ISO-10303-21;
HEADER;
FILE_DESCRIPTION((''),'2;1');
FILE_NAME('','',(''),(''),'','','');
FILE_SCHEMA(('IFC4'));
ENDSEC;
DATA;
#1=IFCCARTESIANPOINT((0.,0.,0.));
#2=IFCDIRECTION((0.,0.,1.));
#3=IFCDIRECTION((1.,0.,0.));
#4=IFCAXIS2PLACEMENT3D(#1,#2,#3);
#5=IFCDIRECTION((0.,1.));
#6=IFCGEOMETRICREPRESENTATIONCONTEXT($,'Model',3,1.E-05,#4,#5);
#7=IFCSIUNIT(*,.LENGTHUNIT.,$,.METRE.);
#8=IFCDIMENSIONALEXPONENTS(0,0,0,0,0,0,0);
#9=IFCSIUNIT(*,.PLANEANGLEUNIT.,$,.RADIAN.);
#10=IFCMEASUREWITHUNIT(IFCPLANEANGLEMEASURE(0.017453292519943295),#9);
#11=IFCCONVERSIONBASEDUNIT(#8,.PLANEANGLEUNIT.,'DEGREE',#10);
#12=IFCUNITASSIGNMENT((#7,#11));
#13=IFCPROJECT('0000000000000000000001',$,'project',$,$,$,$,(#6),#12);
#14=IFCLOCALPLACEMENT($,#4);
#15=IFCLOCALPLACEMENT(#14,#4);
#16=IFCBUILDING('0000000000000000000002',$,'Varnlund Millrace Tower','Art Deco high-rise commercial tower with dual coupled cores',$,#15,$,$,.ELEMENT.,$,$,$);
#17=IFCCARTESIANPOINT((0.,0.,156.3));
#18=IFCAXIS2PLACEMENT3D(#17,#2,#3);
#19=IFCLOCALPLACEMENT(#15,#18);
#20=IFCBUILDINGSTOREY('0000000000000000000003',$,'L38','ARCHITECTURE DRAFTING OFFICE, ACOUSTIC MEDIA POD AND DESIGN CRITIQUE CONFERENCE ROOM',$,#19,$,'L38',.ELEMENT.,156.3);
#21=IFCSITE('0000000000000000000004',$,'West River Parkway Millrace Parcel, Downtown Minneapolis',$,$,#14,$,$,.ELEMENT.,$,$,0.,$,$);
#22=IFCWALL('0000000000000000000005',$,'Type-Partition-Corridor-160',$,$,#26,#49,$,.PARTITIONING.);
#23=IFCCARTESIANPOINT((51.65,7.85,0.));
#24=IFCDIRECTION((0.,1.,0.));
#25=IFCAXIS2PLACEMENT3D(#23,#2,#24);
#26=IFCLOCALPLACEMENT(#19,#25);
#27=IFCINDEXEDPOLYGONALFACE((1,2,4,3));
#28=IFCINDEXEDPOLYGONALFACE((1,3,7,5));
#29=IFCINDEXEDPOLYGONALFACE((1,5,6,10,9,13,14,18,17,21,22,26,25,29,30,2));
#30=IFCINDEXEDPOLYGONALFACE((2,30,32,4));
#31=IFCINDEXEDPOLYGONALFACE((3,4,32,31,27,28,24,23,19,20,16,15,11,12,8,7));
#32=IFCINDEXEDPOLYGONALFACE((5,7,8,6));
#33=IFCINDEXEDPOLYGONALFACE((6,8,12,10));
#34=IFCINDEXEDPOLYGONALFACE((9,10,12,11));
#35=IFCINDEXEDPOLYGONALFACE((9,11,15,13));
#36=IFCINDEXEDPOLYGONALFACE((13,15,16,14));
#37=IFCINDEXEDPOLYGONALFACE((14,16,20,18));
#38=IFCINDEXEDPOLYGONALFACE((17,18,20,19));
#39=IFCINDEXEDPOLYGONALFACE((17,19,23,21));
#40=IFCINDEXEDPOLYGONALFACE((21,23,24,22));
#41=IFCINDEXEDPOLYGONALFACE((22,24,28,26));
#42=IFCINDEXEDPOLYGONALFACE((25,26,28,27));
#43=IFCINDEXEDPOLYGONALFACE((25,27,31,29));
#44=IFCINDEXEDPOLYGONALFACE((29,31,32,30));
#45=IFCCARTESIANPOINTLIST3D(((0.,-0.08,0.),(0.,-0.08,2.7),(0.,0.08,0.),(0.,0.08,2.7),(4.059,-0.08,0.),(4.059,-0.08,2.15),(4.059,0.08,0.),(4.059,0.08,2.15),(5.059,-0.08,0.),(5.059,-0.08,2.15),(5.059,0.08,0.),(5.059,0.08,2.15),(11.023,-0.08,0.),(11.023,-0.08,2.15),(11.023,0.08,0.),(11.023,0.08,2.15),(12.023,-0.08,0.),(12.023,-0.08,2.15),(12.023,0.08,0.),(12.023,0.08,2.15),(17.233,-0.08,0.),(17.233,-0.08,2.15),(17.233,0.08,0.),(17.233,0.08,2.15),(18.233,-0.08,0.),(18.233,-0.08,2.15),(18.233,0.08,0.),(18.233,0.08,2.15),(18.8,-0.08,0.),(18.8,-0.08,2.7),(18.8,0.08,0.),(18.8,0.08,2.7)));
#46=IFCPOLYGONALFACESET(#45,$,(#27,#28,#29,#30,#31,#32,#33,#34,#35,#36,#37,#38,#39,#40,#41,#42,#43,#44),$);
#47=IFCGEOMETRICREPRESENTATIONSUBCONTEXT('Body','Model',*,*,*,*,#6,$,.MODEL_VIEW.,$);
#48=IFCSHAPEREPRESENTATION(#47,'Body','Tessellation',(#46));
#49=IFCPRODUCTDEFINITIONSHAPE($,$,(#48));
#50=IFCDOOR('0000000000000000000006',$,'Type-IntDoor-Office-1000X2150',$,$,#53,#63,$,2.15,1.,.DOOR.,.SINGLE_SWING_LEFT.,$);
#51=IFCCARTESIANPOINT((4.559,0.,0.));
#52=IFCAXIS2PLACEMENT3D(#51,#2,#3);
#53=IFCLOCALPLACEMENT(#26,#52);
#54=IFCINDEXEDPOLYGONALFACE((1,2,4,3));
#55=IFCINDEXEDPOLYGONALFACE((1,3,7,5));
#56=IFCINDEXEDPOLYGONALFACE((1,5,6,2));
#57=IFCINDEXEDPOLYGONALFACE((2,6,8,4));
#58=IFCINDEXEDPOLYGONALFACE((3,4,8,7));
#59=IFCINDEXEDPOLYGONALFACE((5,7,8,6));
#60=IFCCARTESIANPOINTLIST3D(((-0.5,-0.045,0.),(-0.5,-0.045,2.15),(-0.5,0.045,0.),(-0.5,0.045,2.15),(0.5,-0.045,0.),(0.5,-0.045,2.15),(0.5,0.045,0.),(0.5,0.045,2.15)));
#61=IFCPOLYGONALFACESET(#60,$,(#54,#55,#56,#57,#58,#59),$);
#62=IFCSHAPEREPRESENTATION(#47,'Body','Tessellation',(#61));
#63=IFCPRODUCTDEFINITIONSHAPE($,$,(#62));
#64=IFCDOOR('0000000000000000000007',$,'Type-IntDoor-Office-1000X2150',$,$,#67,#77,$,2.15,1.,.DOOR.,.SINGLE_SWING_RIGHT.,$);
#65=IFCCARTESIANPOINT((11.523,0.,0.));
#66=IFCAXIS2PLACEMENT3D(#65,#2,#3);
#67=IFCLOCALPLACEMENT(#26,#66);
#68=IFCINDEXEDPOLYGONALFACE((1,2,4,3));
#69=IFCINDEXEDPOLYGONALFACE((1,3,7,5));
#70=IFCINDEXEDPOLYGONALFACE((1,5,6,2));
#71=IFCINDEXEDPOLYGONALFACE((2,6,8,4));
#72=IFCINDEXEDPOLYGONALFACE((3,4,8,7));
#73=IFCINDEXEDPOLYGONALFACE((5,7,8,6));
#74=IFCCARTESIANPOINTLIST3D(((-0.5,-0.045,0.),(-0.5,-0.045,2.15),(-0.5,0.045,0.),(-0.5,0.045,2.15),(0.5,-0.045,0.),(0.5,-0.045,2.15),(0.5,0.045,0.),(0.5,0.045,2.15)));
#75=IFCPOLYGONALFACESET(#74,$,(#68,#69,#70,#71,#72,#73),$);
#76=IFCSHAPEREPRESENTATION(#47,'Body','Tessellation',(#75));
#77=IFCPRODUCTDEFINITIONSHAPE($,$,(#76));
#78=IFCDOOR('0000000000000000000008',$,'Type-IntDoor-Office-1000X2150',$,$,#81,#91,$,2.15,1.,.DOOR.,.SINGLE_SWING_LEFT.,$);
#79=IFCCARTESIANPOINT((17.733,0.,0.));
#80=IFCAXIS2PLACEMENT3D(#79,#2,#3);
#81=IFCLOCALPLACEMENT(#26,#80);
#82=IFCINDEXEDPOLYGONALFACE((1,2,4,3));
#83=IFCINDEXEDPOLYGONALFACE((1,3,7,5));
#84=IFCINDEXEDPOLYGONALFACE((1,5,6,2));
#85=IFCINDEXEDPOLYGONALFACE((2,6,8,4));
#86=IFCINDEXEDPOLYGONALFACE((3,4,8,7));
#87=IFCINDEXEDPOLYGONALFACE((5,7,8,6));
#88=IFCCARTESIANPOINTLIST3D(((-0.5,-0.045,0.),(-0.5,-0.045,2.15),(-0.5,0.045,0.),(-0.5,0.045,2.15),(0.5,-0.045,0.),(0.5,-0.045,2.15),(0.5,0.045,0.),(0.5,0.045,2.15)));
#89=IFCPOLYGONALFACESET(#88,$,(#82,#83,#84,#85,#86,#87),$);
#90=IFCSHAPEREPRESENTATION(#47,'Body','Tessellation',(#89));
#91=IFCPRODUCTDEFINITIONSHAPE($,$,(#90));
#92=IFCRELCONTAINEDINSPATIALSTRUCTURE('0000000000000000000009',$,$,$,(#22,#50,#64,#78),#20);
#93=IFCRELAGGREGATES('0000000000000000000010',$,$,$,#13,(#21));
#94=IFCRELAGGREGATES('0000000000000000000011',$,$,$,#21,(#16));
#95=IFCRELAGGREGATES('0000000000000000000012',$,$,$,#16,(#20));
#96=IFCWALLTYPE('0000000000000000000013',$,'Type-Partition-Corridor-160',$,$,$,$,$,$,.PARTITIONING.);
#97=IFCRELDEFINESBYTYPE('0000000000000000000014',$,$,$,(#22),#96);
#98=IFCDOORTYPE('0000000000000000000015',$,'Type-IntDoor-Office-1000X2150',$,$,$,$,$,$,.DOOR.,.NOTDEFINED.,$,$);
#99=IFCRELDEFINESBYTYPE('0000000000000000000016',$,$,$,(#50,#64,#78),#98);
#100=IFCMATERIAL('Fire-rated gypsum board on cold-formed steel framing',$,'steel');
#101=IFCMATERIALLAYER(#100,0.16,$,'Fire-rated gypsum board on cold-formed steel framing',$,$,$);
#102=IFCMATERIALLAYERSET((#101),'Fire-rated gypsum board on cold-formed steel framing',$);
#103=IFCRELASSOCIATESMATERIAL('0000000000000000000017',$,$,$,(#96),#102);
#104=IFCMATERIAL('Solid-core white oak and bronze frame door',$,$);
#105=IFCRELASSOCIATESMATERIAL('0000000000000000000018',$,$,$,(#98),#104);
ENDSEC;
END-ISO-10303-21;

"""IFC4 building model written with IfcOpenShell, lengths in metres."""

from ifc_helpers import new_model, entity, si_unit, converted_unit, direction, frame, origin_with_axes, origin_2d_with_axis, place, context, subcontext, project, spatial, polyline, rectangle, outline, extrude, material, layer, layer_set, type_object, element, fill, save


model = new_model("IFC4")

# Units and contexts
model_context = context("Model", 3, precision=1e-05, world=origin_with_axes(), true_north=direction((0.0, 1.0)))
body_context = subcontext(model_context, "Body", "Model", "MODEL_VIEW")
ifc_project = project(units=[si_unit("LENGTHUNIT", "METRE"), converted_unit("PLANEANGLEUNIT", "DEGREE", entity("IfcPlaneAngleMeasure", 0.017453292519943295), si_unit("PLANEANGLEUNIT", "RADIAN"), dimensions=[0, 0, 0, 0, 0, 0, 0])], contexts=[model_context])

# Site, building, storey
site_placement = place(None, origin_with_axes())
site = spatial("IfcSite", under=ifc_project, at=site_placement, Name="West River Parkway Millrace Parcel, Downtown Minneapolis", CompositionType="ELEMENT", RefElevation=0.0)
building_placement = place(site_placement, origin_with_axes())
building = spatial("IfcBuilding", under=site, at=building_placement, Name="Varnlund Millrace Tower", Description="Art Deco high-rise commercial tower with dual coupled cores", CompositionType="ELEMENT")
storey_placement = place(building_placement, frame((0.0, 0.0, 156.3), z_axis=(0.0, 0.0, 1.0), x_axis=(1.0, 0.0, 0.0)))
storey = spatial("IfcBuildingStorey", under=building, at=storey_placement, Name="L38", Description="ARCHITECTURE DRAFTING OFFICE, ACOUSTIC MEDIA POD AND DESIGN CRITIQUE CONFERENCE ROOM", LongName="L38", CompositionType="ELEMENT", Elevation=156.3)

# Wall, openings, doors
ifc_material_1 = material(Name="Fire-rated gypsum board on cold-formed steel framing", Category="steel")
ifc_layer_1 = layer(ifc_material_1, 0.16, Name="Fire-rated gypsum board on cold-formed steel framing")
ifc_layer_set_1 = layer_set([ifc_layer_1], Name="Fire-rated gypsum board on cold-formed steel framing")
wall_type_1 = type_object("IfcWallType", Name="Type-Partition-Corridor-160", PredefinedType="PARTITIONING", material=ifc_layer_set_1)
wall_1_placement = place(storey_placement, frame((51.65, 7.85, 0.0), z_axis=(0.0, 0.0, 1.0), x_axis=(0.0, 1.0, 0.0)))
wall_1 = element("IfcWall", 1, at=wall_1_placement, inside=storey, type_object=wall_type_1, Name="Type-Partition-Corridor-160", PredefinedType="PARTITIONING", context=body_context, shape_type="SweptSolid", body=[
    extrude(outline(polyline([(0.0, -0.08), (18.8, -0.08), (18.8, 0.08), (0.0, 0.08), (0.0, -0.08)])), origin_with_axes(), (0.0, 0.0, 1.0), 2.7),
])
opening_1_placement = place(wall_1_placement, frame((4.559, 0.0, 0.0), z_axis=(0.0, 0.0, 1.0), x_axis=(1.0, 0.0, 0.0)))
opening_1 = element("IfcOpeningElement", 2, at=opening_1_placement, cuts=wall_1, PredefinedType="OPENING", context=body_context, shape_type="SweptSolid", body=[
    extrude(rectangle(XDim=1.0, YDim=0.18, at=origin_2d_with_axis()), origin_with_axes(), (0.0, 0.0, 1.0), 2.15),
])
opening_2_placement = place(wall_1_placement, frame((11.523, 0.0, 0.0), z_axis=(0.0, 0.0, 1.0), x_axis=(1.0, 0.0, 0.0)))
opening_2 = element("IfcOpeningElement", 3, at=opening_2_placement, cuts=wall_1, PredefinedType="OPENING", context=body_context, shape_type="SweptSolid", body=[
    extrude(rectangle(XDim=1.0, YDim=0.18, at=origin_2d_with_axis()), origin_with_axes(), (0.0, 0.0, 1.0), 2.15),
])
opening_3_placement = place(wall_1_placement, frame((17.733, 0.0, 0.0), z_axis=(0.0, 0.0, 1.0), x_axis=(1.0, 0.0, 0.0)))
opening_3 = element("IfcOpeningElement", 4, at=opening_3_placement, cuts=wall_1, PredefinedType="OPENING", context=body_context, shape_type="SweptSolid", body=[
    extrude(rectangle(XDim=1.0, YDim=0.18, at=origin_2d_with_axis()), origin_with_axes(), (0.0, 0.0, 1.0), 2.15),
])
ifc_material_2 = material(Name="Solid-core white oak and bronze frame door")
door_type = type_object("IfcDoorType", Name="Type-IntDoor-Office-1000X2150", OperationType="NOTDEFINED", PredefinedType="DOOR", material=ifc_material_2)
door_1_placement = place(wall_1_placement, frame((4.559, 0.0, 0.0), z_axis=(0.0, 0.0, 1.0), x_axis=(1.0, 0.0, 0.0)))
door_1 = element("IfcDoor", 5, at=door_1_placement, inside=storey, type_object=door_type, Name="Type-IntDoor-Office-1000X2150", OperationType="SINGLE_SWING_LEFT", OverallHeight=2.15, OverallWidth=1.0, PredefinedType="DOOR", context=body_context, shape_type="SweptSolid", body=[
    extrude(rectangle(XDim=1.0, YDim=0.09, at=origin_2d_with_axis()), origin_with_axes(), (0.0, 0.0, 1.0), 2.15),
])
fill(opening_1, door_1)
door_2_placement = place(wall_1_placement, frame((11.523, 0.0, 0.0), z_axis=(0.0, 0.0, 1.0), x_axis=(1.0, 0.0, 0.0)))
door_2 = element("IfcDoor", 6, at=door_2_placement, inside=storey, type_object=door_type, Name="Type-IntDoor-Office-1000X2150", OperationType="SINGLE_SWING_RIGHT", OverallHeight=2.15, OverallWidth=1.0, PredefinedType="DOOR", context=body_context, shape_type="SweptSolid", body=[
    extrude(rectangle(XDim=1.0, YDim=0.09, at=origin_2d_with_axis()), origin_with_axes(), (0.0, 0.0, 1.0), 2.15),
])
fill(opening_2, door_2)
door_3_placement = place(wall_1_placement, frame((17.733, 0.0, 0.0), z_axis=(0.0, 0.0, 1.0), x_axis=(1.0, 0.0, 0.0)))
door_3 = element("IfcDoor", 7, at=door_3_placement, inside=storey, type_object=door_type, Name="Type-IntDoor-Office-1000X2150", OperationType="SINGLE_SWING_LEFT", OverallHeight=2.15, OverallWidth=1.0, PredefinedType="DOOR", context=body_context, shape_type="SweptSolid", body=[
    extrude(rectangle(XDim=1.0, YDim=0.09, at=origin_2d_with_axis()), origin_with_axes(), (0.0, 0.0, 1.0), 2.15),
])
fill(opening_3, door_3)

save(model, "model.ifc")
